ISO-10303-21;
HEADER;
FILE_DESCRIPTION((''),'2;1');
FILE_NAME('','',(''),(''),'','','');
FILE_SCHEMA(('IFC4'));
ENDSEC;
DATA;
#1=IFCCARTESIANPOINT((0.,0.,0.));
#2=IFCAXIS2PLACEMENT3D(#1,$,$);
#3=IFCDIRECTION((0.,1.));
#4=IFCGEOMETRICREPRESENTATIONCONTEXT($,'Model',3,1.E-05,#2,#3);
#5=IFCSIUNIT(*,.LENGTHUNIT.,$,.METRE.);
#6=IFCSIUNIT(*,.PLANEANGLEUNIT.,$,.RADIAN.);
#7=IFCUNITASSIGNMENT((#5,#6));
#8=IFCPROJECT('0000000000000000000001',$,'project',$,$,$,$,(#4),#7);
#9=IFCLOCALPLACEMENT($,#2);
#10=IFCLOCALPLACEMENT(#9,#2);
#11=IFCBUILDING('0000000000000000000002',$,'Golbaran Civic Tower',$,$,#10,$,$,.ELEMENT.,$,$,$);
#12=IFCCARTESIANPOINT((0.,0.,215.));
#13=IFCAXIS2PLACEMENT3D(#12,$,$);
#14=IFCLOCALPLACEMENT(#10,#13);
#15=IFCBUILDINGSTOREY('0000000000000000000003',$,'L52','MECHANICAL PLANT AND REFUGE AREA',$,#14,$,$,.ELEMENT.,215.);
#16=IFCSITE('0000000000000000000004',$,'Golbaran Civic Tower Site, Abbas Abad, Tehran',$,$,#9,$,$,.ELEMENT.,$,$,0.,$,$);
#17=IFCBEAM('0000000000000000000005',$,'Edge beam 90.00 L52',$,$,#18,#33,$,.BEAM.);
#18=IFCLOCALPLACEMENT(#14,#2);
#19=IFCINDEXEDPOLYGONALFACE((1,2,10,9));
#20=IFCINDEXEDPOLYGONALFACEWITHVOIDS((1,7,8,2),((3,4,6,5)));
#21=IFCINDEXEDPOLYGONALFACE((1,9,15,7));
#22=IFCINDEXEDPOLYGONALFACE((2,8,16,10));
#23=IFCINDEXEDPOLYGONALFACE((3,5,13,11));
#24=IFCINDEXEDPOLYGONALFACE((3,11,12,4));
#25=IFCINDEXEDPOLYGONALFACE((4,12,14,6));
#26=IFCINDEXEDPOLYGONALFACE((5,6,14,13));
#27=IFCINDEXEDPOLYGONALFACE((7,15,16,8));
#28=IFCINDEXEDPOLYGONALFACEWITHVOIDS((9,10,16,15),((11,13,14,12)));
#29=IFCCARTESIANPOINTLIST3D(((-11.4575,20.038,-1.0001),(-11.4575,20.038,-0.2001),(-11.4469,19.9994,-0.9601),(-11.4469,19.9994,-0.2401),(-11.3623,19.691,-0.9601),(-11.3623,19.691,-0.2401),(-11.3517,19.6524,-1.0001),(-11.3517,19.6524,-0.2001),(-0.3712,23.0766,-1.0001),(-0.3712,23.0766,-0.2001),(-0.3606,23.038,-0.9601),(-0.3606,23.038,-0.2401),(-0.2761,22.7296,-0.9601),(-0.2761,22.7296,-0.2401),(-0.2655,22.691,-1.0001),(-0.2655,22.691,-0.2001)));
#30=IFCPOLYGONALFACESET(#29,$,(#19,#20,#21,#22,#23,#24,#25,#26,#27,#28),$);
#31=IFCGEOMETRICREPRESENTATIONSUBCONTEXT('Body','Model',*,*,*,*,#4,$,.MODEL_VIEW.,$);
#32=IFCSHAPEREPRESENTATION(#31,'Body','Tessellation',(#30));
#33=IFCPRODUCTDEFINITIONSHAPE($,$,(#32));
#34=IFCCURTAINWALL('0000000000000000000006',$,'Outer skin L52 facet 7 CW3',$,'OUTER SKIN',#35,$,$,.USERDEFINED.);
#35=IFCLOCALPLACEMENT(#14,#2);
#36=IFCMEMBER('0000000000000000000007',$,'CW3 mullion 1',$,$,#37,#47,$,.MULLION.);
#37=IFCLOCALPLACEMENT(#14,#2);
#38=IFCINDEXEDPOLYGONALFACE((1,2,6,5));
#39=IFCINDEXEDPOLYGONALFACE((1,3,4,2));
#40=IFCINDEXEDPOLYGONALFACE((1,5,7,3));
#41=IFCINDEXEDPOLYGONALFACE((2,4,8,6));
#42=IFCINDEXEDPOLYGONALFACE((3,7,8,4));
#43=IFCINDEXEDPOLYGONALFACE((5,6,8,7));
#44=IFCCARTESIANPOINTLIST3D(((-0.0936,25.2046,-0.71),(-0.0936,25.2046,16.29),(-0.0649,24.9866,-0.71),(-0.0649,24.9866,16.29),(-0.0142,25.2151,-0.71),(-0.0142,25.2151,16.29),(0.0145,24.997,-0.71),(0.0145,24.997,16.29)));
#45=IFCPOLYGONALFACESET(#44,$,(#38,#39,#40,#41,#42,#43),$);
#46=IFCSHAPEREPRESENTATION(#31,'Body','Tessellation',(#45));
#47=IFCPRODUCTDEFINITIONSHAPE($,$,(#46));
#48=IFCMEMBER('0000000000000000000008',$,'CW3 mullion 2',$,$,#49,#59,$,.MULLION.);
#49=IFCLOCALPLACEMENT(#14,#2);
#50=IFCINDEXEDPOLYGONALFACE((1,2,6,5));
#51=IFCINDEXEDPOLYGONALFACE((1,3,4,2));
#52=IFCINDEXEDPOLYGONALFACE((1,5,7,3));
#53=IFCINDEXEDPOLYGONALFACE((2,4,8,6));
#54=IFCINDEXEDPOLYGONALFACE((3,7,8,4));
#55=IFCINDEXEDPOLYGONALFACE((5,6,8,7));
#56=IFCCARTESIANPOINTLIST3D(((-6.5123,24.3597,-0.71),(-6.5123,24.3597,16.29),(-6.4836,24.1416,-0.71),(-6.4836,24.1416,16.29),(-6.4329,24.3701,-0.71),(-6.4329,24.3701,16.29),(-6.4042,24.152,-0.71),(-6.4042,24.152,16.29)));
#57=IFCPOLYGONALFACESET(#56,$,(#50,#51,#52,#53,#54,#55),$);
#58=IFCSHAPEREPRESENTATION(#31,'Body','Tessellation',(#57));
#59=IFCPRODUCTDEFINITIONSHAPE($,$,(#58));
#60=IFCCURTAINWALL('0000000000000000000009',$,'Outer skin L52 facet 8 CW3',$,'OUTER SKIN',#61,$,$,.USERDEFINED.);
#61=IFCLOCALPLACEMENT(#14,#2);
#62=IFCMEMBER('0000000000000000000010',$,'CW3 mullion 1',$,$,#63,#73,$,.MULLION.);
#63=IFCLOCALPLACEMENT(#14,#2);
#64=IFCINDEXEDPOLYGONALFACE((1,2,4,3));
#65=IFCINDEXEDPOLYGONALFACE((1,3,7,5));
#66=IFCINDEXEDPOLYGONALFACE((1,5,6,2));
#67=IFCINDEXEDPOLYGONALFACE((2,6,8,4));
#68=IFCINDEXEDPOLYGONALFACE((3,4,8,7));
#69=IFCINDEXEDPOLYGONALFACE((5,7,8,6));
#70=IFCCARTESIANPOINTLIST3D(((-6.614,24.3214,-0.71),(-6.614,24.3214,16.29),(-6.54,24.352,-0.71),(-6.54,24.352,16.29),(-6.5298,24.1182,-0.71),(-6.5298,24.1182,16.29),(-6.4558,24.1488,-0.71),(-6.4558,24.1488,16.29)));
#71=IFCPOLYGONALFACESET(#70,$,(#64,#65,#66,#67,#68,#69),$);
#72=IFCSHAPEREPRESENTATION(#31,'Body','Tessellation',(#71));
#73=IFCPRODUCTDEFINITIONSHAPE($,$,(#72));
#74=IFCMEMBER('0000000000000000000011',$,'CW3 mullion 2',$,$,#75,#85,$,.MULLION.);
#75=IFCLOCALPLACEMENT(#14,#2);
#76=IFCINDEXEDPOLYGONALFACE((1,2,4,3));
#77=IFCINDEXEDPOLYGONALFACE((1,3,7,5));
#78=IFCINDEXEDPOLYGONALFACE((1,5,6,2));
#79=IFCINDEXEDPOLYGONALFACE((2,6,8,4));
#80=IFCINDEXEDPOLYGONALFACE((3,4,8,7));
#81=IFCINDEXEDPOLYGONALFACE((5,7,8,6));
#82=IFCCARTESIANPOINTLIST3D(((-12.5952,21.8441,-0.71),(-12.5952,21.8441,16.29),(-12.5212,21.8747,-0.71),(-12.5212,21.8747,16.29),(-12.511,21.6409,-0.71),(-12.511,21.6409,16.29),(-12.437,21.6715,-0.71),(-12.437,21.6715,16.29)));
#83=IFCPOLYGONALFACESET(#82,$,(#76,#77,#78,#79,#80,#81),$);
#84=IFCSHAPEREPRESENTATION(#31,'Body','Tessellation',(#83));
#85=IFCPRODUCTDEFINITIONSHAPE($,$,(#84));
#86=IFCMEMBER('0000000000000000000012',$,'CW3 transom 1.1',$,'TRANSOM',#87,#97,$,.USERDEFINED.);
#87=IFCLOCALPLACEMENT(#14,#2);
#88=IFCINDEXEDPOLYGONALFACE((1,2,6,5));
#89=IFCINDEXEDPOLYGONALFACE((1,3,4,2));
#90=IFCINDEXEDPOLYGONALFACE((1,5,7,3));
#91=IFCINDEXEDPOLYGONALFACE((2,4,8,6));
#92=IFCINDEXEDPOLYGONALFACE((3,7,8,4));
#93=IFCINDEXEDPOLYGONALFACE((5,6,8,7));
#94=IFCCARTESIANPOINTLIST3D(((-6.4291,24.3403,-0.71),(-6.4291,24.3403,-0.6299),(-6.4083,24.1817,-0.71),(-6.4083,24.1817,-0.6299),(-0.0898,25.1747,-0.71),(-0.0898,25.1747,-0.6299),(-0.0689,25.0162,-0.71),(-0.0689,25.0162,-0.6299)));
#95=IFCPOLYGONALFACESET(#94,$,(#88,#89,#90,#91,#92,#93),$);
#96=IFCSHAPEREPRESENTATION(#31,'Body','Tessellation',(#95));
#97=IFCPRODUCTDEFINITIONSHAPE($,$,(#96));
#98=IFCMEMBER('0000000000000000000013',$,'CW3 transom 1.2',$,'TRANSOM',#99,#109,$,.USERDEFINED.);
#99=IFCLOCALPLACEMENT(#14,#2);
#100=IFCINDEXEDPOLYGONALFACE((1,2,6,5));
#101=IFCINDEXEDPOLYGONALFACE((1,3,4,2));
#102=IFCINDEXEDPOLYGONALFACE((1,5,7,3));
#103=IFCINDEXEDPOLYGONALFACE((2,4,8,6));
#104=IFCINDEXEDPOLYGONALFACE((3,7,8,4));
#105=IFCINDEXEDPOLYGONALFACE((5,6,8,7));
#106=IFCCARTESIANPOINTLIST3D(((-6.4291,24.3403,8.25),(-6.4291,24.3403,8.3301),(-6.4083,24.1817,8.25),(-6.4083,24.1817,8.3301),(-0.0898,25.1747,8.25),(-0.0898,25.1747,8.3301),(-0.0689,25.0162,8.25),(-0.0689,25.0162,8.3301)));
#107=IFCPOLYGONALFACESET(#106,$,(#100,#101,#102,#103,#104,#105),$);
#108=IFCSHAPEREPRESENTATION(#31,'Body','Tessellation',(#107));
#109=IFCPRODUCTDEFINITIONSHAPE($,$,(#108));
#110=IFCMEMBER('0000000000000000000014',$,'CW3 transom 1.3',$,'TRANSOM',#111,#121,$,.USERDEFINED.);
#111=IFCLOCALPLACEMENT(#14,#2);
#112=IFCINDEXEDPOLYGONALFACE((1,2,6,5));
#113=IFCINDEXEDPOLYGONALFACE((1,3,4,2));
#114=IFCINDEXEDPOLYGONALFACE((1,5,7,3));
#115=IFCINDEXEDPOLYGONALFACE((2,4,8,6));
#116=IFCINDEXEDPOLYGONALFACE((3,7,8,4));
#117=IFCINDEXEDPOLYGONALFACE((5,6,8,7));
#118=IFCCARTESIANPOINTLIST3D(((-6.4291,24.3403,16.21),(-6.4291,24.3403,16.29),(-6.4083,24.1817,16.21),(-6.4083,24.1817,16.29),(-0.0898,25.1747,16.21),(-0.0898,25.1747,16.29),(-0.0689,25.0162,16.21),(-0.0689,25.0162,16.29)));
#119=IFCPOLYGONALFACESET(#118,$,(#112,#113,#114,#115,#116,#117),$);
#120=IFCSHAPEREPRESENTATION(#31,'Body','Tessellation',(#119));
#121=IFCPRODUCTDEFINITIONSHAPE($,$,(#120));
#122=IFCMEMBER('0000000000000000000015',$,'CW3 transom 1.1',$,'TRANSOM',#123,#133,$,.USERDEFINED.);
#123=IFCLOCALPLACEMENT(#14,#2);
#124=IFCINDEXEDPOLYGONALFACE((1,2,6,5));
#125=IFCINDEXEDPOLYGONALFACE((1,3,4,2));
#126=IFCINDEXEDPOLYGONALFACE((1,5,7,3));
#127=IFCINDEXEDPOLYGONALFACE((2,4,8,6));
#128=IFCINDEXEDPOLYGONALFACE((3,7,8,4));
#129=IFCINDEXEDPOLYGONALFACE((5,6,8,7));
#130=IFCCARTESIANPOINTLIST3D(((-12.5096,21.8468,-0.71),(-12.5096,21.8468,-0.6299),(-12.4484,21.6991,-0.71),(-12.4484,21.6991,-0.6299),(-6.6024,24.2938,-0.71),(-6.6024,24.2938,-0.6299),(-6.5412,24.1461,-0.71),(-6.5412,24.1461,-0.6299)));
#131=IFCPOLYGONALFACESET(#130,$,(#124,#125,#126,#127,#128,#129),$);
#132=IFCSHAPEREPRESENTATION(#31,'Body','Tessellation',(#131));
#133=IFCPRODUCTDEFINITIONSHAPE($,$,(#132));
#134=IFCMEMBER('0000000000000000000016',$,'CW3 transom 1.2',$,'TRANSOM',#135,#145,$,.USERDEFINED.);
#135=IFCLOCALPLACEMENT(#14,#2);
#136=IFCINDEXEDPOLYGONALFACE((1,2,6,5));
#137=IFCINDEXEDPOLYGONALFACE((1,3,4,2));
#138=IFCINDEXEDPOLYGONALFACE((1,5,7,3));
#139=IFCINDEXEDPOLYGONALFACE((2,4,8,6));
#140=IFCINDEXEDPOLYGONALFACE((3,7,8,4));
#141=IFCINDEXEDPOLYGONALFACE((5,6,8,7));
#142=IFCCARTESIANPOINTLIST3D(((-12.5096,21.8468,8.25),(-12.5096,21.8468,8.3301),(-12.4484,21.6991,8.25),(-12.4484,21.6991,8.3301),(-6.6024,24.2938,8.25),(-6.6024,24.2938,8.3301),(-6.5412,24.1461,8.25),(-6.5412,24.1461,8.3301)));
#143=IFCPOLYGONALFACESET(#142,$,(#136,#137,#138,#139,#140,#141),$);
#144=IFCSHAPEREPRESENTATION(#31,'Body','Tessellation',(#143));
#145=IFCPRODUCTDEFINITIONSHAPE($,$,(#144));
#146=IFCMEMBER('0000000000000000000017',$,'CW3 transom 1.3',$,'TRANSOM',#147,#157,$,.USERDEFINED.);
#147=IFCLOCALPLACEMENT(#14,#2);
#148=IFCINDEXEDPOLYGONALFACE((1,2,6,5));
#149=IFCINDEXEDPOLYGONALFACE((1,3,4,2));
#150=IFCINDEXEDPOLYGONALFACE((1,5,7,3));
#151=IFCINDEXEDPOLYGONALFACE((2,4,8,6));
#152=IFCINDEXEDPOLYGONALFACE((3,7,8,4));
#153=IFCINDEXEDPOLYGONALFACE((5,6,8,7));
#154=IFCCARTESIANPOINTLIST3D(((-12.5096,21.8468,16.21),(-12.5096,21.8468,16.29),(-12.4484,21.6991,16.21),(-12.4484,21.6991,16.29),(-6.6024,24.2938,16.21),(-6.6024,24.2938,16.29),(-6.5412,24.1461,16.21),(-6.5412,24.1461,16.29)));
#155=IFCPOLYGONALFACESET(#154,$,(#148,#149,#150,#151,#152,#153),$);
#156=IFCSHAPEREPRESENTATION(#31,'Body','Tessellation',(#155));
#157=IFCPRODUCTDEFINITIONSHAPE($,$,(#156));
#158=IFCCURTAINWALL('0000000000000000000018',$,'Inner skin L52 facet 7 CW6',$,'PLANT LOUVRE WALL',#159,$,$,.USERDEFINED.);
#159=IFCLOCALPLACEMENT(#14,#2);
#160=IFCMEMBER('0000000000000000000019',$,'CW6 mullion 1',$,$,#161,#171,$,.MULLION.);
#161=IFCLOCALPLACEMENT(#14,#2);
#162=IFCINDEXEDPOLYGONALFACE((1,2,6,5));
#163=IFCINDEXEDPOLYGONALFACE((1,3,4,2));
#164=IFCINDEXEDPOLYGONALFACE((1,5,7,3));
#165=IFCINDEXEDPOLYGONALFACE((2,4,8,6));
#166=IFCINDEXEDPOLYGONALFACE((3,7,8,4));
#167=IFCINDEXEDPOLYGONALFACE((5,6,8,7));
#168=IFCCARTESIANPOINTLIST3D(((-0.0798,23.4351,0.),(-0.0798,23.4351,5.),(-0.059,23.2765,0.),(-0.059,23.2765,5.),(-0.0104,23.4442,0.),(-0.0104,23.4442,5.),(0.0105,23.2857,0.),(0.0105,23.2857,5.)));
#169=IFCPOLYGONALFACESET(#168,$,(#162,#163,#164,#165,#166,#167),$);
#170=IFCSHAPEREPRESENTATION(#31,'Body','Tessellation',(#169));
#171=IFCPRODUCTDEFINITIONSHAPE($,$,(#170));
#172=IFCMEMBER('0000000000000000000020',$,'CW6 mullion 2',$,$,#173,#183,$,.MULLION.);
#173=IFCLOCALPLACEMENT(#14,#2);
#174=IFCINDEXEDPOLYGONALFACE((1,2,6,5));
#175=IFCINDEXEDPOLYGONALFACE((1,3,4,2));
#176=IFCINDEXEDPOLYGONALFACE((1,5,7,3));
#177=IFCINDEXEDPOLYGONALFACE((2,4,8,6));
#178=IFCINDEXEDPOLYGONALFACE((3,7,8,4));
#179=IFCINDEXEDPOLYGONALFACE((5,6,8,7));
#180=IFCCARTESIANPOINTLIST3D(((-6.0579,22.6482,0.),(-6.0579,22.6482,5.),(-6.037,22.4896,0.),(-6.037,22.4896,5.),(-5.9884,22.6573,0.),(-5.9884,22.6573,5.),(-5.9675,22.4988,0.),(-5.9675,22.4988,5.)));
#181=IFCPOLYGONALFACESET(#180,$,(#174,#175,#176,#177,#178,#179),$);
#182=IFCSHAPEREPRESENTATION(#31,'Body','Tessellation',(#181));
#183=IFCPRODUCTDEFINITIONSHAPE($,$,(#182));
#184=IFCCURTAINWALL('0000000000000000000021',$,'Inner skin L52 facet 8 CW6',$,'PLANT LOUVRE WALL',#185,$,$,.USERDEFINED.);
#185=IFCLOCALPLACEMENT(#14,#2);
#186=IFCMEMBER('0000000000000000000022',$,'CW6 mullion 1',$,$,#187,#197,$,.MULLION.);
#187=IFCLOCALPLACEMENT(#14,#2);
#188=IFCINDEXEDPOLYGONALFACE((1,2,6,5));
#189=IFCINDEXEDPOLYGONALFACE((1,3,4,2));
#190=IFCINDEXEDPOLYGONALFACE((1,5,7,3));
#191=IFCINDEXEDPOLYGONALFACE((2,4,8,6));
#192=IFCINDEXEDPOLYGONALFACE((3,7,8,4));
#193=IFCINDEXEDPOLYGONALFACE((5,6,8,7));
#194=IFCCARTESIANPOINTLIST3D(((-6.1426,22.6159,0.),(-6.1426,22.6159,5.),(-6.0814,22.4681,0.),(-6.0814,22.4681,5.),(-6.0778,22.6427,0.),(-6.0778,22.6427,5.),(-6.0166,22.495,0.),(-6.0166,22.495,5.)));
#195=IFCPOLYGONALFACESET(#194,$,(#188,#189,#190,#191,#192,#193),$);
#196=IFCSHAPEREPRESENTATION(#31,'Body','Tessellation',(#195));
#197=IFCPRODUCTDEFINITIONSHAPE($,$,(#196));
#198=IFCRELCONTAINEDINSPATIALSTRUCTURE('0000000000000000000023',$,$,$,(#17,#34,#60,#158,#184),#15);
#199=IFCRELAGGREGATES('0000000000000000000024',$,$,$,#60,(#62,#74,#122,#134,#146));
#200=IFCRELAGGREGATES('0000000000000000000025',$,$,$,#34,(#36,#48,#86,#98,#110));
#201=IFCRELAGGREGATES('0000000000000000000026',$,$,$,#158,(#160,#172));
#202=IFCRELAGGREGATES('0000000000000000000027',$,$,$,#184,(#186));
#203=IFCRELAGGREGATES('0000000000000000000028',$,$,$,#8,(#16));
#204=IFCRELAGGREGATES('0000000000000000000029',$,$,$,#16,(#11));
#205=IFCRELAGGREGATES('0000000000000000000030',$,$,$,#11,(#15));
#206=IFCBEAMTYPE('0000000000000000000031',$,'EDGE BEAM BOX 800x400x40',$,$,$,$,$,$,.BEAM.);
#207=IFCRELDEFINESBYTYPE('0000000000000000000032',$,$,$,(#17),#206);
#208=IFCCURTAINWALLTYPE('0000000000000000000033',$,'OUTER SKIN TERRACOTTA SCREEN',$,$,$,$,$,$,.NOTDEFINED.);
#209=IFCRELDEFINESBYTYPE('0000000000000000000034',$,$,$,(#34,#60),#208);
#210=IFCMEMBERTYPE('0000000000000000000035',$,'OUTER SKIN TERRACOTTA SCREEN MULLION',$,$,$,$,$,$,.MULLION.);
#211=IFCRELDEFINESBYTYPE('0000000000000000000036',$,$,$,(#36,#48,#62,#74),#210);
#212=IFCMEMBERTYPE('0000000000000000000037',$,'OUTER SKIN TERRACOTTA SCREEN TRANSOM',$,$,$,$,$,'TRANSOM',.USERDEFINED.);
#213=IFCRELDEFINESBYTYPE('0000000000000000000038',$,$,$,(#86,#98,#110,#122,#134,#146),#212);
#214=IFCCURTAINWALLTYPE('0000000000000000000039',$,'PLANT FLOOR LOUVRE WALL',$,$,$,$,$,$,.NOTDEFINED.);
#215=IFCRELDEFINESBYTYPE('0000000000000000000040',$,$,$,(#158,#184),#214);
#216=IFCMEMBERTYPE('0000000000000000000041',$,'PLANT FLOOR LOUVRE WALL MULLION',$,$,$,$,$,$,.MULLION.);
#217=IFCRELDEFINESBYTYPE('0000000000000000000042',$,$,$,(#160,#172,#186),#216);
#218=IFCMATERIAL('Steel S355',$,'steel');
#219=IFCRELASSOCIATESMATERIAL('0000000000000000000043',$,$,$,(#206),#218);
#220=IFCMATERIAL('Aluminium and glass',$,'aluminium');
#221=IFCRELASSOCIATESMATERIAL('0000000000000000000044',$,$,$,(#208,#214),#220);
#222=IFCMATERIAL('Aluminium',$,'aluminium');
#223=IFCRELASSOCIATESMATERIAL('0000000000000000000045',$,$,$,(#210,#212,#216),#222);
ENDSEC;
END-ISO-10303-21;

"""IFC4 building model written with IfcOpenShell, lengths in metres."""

from ifc_helpers import new_model, si_unit, direction, frame, origin, origin_2d, place, context, subcontext, project, spatial, rectangle, hollow_rectangle, extrude, material, material_profile, profile_set, type_object, element, aggregate, save


model = new_model("IFC4")

# Units and contexts
model_context = context("Model", 3, precision=1e-05, world=origin(), true_north=direction((0.0, 1.0)))
body_context = subcontext(model_context, "Body", "Model", "MODEL_VIEW")
ifc_project = project(units=[si_unit("LENGTHUNIT", "METRE"), si_unit("PLANEANGLEUNIT", "RADIAN")], contexts=[model_context])

# Site, building, storey
site_placement = place(None, origin())
site = spatial("IfcSite", under=ifc_project, at=site_placement, Name="Golbaran Civic Tower Site, Abbas Abad, Tehran", CompositionType="ELEMENT", RefElevation=0.0)
building_placement = place(site_placement, origin())
building = spatial("IfcBuilding", under=site, at=building_placement, Name="Golbaran Civic Tower", CompositionType="ELEMENT")
storey_placement = place(building_placement, frame((0.0, 0.0, 215.0)))
storey = spatial("IfcBuildingStorey", under=building, at=storey_placement, Name="L52", Description="MECHANICAL PLANT AND REFUGE AREA", CompositionType="ELEMENT", Elevation=215.0)

# Shared definitions
ifc_material_1 = material(Name="Steel S355", Category="steel")

# Beam
ifc_material_profile_1 = material_profile(ifc_material_1, hollow_rectangle(XDim=0.3999, YDim=0.8, WallThickness=0.04, at=origin_2d()), Name="BOX 800x400x40")
ifc_profile_set_1 = profile_set([ifc_material_profile_1], Name="Steel S355")
beam_type_1 = type_object("IfcBeamType", Name="EDGE BEAM BOX 800x400x40", PredefinedType="BEAM", material=ifc_profile_set_1)
beam_1_placement = place(storey_placement, frame((-0.3184, 22.8838, -0.6001), z_axis=(-0.96443, -0.264337, 0.0), x_axis=(0.264337, -0.96443, 0.0)))
element("IfcBeam", 1, at=beam_1_placement, inside=storey, type_object=beam_type_1, Name="Edge beam 90.00 L52", PredefinedType="BEAM", context=body_context, shape_type="SweptSolid", body=[
    extrude(hollow_rectangle(XDim=0.3999, YDim=0.8, WallThickness=0.04, at=origin_2d()), origin(), (0.0, 0.0, 1.0), 11.4951),
])

# Curtain walls, members
ifc_material_2 = material(Name="Aluminium and glass", Category="aluminium")
curtain_wall_type_1 = type_object("IfcCurtainWallType", Name="OUTER SKIN TERRACOTTA SCREEN", PredefinedType="NOTDEFINED", material=ifc_material_2)
curtain_wall_1_placement = place(storey_placement, origin())
curtain_wall_1 = element("IfcCurtainWall", 2, at=curtain_wall_1_placement, inside=storey, type_object=curtain_wall_type_1, Name="Outer skin L52 facet 7 CW3", ObjectType="OUTER SKIN", PredefinedType="USERDEFINED")
ifc_material_3 = material(Name="Aluminium", Category="aluminium")
ifc_material_profile_2 = material_profile(ifc_material_3, rectangle(XDim=0.22, YDim=0.0801, at=origin_2d()), Name="OUTER SKIN TERRACOTTA SCREEN MULLION")
ifc_profile_set_2 = profile_set([ifc_material_profile_2], Name="Aluminium")
member_type_1 = type_object("IfcMemberType", Name="OUTER SKIN TERRACOTTA SCREEN MULLION", PredefinedType="MULLION", material=ifc_profile_set_2)
member_1_placement = place(storey_placement, frame((-0.0396, 25.1008, -0.71), z_axis=(0.0, 0.0, 1.0), x_axis=(0.130526, -0.991445, 0.0)))
member_1 = element("IfcMember", 3, at=member_1_placement, type_object=member_type_1, Name="CW3 mullion 1", PredefinedType="MULLION", context=body_context, shape_type="SweptSolid", body=[
    extrude(rectangle(XDim=0.22, YDim=0.0801, at=origin_2d()), origin(), (0.0, 0.0, 1.0), 17.0),
])
member_2_placement = place(storey_placement, frame((-6.4583, 24.2559, -0.71), z_axis=(0.0, 0.0, 1.0), x_axis=(0.130526, -0.991445, 0.0)))
member_2 = element("IfcMember", 4, at=member_2_placement, type_object=member_type_1, Name="CW3 mullion 2", PredefinedType="MULLION", context=body_context, shape_type="SweptSolid", body=[
    extrude(rectangle(XDim=0.22, YDim=0.0801, at=origin_2d()), origin(), (0.0, 0.0, 1.0), 17.0),
])
curtain_wall_2_placement = place(storey_placement, origin())
curtain_wall_2 = element("IfcCurtainWall", 5, at=curtain_wall_2_placement, inside=storey, type_object=curtain_wall_type_1, Name="Outer skin L52 facet 8 CW3", ObjectType="OUTER SKIN", PredefinedType="USERDEFINED")
member_3_placement = place(storey_placement, frame((-6.5349, 24.2351, -0.71), z_axis=(0.0, 0.0, 1.0), x_axis=(0.382683, -0.92388, 0.0)))
member_3 = element("IfcMember", 6, at=member_3_placement, type_object=member_type_1, Name="CW3 mullion 1", PredefinedType="MULLION", context=body_context, shape_type="SweptSolid", body=[
    extrude(rectangle(XDim=0.22, YDim=0.0801, at=origin_2d()), origin(), (0.0, 0.0, 1.0), 17.0),
])
member_4_placement = place(storey_placement, frame((-12.5161, 21.7578, -0.71), z_axis=(0.0, 0.0, 1.0), x_axis=(0.382683, -0.92388, 0.0)))
member_4 = element("IfcMember", 7, at=member_4_placement, type_object=member_type_1, Name="CW3 mullion 2", PredefinedType="MULLION", context=body_context, shape_type="SweptSolid", body=[
    extrude(rectangle(XDim=0.22, YDim=0.0801, at=origin_2d()), origin(), (0.0, 0.0, 1.0), 17.0),
])

# Members
ifc_material_profile_3 = material_profile(ifc_material_3, rectangle(XDim=0.1599, YDim=0.0801, at=origin_2d()), Name="OUTER SKIN TERRACOTTA SCREEN TRANSOM")
ifc_profile_set_3 = profile_set([ifc_material_profile_3], Name="Aluminium")
member_type_2 = type_object("IfcMemberType", Name="OUTER SKIN TERRACOTTA SCREEN TRANSOM", ElementType="TRANSOM", PredefinedType="USERDEFINED", material=ifc_profile_set_3)
member_5_placement = place(storey_placement, frame((-0.0793, 25.0955, -0.6699), z_axis=(-0.991447, -0.130508, 0.0), x_axis=(0.130508, -0.991447, 0.0)))
member_5 = element("IfcMember", 8, at=member_5_placement, type_object=member_type_2, Name="CW3 transom 1.1", ObjectType="TRANSOM", PredefinedType="USERDEFINED", context=body_context, shape_type="SweptSolid", body=[
    extrude(rectangle(XDim=0.1599, YDim=0.0801, at=origin_2d()), origin(), (0.0, 0.0, 1.0), 6.394),
])
member_6_placement = place(storey_placement, frame((-0.0793, 25.0955, 8.29), z_axis=(-0.991447, -0.130508, 0.0), x_axis=(0.130508, -0.991447, 0.0)))
member_6 = element("IfcMember", 9, at=member_6_placement, type_object=member_type_2, Name="CW3 transom 1.2", ObjectType="TRANSOM", PredefinedType="USERDEFINED", context=body_context, shape_type="SweptSolid", body=[
    extrude(rectangle(XDim=0.1599, YDim=0.0801, at=origin_2d()), origin(), (0.0, 0.0, 1.0), 6.394),
])
member_7_placement = place(storey_placement, frame((-0.0793, 25.0955, 16.25), z_axis=(-0.991447, -0.130508, 0.0), x_axis=(0.130508, -0.991447, 0.0)))
member_7 = element("IfcMember", 10, at=member_7_placement, type_object=member_type_2, Name="CW3 transom 1.3", ObjectType="TRANSOM", PredefinedType="USERDEFINED", context=body_context, shape_type="SweptSolid", body=[
    extrude(rectangle(XDim=0.1599, YDim=0.0801, at=origin_2d()), origin(), (0.0, 0.0, 1.0), 6.394),
])
member_8_placement = place(storey_placement, frame((-6.5718, 24.22, -0.6699), z_axis=(-0.92387, -0.382706, 0.0), x_axis=(0.382706, -0.92387, 0.0)))
member_8 = element("IfcMember", 11, at=member_8_placement, type_object=member_type_2, Name="CW3 transom 1.1", ObjectType="TRANSOM", PredefinedType="USERDEFINED", context=body_context, shape_type="SweptSolid", body=[
    extrude(rectangle(XDim=0.1599, YDim=0.0801, at=origin_2d()), origin(), (0.0, 0.0, 1.0), 6.394),
])
member_9_placement = place(storey_placement, frame((-6.5718, 24.22, 8.29), z_axis=(-0.92387, -0.382706, 0.0), x_axis=(0.382706, -0.92387, 0.0)))
member_9 = element("IfcMember", 12, at=member_9_placement, type_object=member_type_2, Name="CW3 transom 1.2", ObjectType="TRANSOM", PredefinedType="USERDEFINED", context=body_context, shape_type="SweptSolid", body=[
    extrude(rectangle(XDim=0.1599, YDim=0.0801, at=origin_2d()), origin(), (0.0, 0.0, 1.0), 6.394),
])
member_10_placement = place(storey_placement, frame((-6.5718, 24.22, 16.25), z_axis=(-0.92387, -0.382706, 0.0), x_axis=(0.382706, -0.92387, 0.0)))
member_10 = element("IfcMember", 13, at=member_10_placement, type_object=member_type_2, Name="CW3 transom 1.3", ObjectType="TRANSOM", PredefinedType="USERDEFINED", context=body_context, shape_type="SweptSolid", body=[
    extrude(rectangle(XDim=0.1599, YDim=0.0801, at=origin_2d()), origin(), (0.0, 0.0, 1.0), 6.394),
])

# Curtain wall, members
curtain_wall_type_2 = type_object("IfcCurtainWallType", Name="PLANT FLOOR LOUVRE WALL", PredefinedType="NOTDEFINED", material=ifc_material_2)
curtain_wall_3_placement = place(storey_placement, origin())
curtain_wall_3 = element("IfcCurtainWall", 14, at=curtain_wall_3_placement, inside=storey, type_object=curtain_wall_type_2, Name="Inner skin L52 facet 7 CW6", ObjectType="PLANT LOUVRE WALL", PredefinedType="USERDEFINED")
ifc_material_profile_4 = material_profile(ifc_material_3, rectangle(XDim=0.1599, YDim=0.0701, at=origin_2d()), Name="PLANT FLOOR LOUVRE WALL MULLION")
ifc_profile_set_4 = profile_set([ifc_material_profile_4], Name="Aluminium")
member_type_3 = type_object("IfcMemberType", Name="PLANT FLOOR LOUVRE WALL MULLION", PredefinedType="MULLION", material=ifc_profile_set_4)
member_11_placement = place(storey_placement, frame((-0.0347, 23.3604, 0.0), z_axis=(0.0, 0.0, 1.0), x_axis=(0.130526, -0.991445, 0.0)))
member_11 = element("IfcMember", 15, at=member_11_placement, type_object=member_type_3, Name="CW6 mullion 1", PredefinedType="MULLION", context=body_context, shape_type="SweptSolid", body=[
    extrude(rectangle(XDim=0.1599, YDim=0.0701, at=origin_2d()), origin(), (0.0, 0.0, 1.0), 5.0),
])
member_12_placement = place(storey_placement, frame((-6.0127, 22.5735, 0.0), z_axis=(0.0, 0.0, 1.0), x_axis=(0.130526, -0.991445, 0.0)))
member_12 = element("IfcMember", 16, at=member_12_placement, type_object=member_type_3, Name="CW6 mullion 2", PredefinedType="MULLION", context=body_context, shape_type="SweptSolid", body=[
    extrude(rectangle(XDim=0.1599, YDim=0.0701, at=origin_2d()), origin(), (0.0, 0.0, 1.0), 5.0),
])

# Curtain wall, member
curtain_wall_4_placement = place(storey_placement, origin())
curtain_wall_4 = element("IfcCurtainWall", 17, at=curtain_wall_4_placement, inside=storey, type_object=curtain_wall_type_2, Name="Inner skin L52 facet 8 CW6", ObjectType="PLANT LOUVRE WALL", PredefinedType="USERDEFINED")
member_13_placement = place(storey_placement, frame((-6.0796, 22.5554, 0.0), z_axis=(0.0, 0.0, 1.0), x_axis=(0.382683, -0.92388, 0.0)))
member_13 = element("IfcMember", 18, at=member_13_placement, type_object=member_type_3, Name="CW6 mullion 1", PredefinedType="MULLION", context=body_context, shape_type="SweptSolid", body=[
    extrude(rectangle(XDim=0.1599, YDim=0.0701, at=origin_2d()), origin(), (0.0, 0.0, 1.0), 5.0),
])

aggregate(curtain_wall_2, [member_3, member_4, member_8, member_9, member_10])
aggregate(curtain_wall_1, [member_1, member_2, member_5, member_6, member_7])
aggregate(curtain_wall_3, [member_11, member_12])
aggregate(curtain_wall_4, [member_13])

save(model, "model.ifc")
